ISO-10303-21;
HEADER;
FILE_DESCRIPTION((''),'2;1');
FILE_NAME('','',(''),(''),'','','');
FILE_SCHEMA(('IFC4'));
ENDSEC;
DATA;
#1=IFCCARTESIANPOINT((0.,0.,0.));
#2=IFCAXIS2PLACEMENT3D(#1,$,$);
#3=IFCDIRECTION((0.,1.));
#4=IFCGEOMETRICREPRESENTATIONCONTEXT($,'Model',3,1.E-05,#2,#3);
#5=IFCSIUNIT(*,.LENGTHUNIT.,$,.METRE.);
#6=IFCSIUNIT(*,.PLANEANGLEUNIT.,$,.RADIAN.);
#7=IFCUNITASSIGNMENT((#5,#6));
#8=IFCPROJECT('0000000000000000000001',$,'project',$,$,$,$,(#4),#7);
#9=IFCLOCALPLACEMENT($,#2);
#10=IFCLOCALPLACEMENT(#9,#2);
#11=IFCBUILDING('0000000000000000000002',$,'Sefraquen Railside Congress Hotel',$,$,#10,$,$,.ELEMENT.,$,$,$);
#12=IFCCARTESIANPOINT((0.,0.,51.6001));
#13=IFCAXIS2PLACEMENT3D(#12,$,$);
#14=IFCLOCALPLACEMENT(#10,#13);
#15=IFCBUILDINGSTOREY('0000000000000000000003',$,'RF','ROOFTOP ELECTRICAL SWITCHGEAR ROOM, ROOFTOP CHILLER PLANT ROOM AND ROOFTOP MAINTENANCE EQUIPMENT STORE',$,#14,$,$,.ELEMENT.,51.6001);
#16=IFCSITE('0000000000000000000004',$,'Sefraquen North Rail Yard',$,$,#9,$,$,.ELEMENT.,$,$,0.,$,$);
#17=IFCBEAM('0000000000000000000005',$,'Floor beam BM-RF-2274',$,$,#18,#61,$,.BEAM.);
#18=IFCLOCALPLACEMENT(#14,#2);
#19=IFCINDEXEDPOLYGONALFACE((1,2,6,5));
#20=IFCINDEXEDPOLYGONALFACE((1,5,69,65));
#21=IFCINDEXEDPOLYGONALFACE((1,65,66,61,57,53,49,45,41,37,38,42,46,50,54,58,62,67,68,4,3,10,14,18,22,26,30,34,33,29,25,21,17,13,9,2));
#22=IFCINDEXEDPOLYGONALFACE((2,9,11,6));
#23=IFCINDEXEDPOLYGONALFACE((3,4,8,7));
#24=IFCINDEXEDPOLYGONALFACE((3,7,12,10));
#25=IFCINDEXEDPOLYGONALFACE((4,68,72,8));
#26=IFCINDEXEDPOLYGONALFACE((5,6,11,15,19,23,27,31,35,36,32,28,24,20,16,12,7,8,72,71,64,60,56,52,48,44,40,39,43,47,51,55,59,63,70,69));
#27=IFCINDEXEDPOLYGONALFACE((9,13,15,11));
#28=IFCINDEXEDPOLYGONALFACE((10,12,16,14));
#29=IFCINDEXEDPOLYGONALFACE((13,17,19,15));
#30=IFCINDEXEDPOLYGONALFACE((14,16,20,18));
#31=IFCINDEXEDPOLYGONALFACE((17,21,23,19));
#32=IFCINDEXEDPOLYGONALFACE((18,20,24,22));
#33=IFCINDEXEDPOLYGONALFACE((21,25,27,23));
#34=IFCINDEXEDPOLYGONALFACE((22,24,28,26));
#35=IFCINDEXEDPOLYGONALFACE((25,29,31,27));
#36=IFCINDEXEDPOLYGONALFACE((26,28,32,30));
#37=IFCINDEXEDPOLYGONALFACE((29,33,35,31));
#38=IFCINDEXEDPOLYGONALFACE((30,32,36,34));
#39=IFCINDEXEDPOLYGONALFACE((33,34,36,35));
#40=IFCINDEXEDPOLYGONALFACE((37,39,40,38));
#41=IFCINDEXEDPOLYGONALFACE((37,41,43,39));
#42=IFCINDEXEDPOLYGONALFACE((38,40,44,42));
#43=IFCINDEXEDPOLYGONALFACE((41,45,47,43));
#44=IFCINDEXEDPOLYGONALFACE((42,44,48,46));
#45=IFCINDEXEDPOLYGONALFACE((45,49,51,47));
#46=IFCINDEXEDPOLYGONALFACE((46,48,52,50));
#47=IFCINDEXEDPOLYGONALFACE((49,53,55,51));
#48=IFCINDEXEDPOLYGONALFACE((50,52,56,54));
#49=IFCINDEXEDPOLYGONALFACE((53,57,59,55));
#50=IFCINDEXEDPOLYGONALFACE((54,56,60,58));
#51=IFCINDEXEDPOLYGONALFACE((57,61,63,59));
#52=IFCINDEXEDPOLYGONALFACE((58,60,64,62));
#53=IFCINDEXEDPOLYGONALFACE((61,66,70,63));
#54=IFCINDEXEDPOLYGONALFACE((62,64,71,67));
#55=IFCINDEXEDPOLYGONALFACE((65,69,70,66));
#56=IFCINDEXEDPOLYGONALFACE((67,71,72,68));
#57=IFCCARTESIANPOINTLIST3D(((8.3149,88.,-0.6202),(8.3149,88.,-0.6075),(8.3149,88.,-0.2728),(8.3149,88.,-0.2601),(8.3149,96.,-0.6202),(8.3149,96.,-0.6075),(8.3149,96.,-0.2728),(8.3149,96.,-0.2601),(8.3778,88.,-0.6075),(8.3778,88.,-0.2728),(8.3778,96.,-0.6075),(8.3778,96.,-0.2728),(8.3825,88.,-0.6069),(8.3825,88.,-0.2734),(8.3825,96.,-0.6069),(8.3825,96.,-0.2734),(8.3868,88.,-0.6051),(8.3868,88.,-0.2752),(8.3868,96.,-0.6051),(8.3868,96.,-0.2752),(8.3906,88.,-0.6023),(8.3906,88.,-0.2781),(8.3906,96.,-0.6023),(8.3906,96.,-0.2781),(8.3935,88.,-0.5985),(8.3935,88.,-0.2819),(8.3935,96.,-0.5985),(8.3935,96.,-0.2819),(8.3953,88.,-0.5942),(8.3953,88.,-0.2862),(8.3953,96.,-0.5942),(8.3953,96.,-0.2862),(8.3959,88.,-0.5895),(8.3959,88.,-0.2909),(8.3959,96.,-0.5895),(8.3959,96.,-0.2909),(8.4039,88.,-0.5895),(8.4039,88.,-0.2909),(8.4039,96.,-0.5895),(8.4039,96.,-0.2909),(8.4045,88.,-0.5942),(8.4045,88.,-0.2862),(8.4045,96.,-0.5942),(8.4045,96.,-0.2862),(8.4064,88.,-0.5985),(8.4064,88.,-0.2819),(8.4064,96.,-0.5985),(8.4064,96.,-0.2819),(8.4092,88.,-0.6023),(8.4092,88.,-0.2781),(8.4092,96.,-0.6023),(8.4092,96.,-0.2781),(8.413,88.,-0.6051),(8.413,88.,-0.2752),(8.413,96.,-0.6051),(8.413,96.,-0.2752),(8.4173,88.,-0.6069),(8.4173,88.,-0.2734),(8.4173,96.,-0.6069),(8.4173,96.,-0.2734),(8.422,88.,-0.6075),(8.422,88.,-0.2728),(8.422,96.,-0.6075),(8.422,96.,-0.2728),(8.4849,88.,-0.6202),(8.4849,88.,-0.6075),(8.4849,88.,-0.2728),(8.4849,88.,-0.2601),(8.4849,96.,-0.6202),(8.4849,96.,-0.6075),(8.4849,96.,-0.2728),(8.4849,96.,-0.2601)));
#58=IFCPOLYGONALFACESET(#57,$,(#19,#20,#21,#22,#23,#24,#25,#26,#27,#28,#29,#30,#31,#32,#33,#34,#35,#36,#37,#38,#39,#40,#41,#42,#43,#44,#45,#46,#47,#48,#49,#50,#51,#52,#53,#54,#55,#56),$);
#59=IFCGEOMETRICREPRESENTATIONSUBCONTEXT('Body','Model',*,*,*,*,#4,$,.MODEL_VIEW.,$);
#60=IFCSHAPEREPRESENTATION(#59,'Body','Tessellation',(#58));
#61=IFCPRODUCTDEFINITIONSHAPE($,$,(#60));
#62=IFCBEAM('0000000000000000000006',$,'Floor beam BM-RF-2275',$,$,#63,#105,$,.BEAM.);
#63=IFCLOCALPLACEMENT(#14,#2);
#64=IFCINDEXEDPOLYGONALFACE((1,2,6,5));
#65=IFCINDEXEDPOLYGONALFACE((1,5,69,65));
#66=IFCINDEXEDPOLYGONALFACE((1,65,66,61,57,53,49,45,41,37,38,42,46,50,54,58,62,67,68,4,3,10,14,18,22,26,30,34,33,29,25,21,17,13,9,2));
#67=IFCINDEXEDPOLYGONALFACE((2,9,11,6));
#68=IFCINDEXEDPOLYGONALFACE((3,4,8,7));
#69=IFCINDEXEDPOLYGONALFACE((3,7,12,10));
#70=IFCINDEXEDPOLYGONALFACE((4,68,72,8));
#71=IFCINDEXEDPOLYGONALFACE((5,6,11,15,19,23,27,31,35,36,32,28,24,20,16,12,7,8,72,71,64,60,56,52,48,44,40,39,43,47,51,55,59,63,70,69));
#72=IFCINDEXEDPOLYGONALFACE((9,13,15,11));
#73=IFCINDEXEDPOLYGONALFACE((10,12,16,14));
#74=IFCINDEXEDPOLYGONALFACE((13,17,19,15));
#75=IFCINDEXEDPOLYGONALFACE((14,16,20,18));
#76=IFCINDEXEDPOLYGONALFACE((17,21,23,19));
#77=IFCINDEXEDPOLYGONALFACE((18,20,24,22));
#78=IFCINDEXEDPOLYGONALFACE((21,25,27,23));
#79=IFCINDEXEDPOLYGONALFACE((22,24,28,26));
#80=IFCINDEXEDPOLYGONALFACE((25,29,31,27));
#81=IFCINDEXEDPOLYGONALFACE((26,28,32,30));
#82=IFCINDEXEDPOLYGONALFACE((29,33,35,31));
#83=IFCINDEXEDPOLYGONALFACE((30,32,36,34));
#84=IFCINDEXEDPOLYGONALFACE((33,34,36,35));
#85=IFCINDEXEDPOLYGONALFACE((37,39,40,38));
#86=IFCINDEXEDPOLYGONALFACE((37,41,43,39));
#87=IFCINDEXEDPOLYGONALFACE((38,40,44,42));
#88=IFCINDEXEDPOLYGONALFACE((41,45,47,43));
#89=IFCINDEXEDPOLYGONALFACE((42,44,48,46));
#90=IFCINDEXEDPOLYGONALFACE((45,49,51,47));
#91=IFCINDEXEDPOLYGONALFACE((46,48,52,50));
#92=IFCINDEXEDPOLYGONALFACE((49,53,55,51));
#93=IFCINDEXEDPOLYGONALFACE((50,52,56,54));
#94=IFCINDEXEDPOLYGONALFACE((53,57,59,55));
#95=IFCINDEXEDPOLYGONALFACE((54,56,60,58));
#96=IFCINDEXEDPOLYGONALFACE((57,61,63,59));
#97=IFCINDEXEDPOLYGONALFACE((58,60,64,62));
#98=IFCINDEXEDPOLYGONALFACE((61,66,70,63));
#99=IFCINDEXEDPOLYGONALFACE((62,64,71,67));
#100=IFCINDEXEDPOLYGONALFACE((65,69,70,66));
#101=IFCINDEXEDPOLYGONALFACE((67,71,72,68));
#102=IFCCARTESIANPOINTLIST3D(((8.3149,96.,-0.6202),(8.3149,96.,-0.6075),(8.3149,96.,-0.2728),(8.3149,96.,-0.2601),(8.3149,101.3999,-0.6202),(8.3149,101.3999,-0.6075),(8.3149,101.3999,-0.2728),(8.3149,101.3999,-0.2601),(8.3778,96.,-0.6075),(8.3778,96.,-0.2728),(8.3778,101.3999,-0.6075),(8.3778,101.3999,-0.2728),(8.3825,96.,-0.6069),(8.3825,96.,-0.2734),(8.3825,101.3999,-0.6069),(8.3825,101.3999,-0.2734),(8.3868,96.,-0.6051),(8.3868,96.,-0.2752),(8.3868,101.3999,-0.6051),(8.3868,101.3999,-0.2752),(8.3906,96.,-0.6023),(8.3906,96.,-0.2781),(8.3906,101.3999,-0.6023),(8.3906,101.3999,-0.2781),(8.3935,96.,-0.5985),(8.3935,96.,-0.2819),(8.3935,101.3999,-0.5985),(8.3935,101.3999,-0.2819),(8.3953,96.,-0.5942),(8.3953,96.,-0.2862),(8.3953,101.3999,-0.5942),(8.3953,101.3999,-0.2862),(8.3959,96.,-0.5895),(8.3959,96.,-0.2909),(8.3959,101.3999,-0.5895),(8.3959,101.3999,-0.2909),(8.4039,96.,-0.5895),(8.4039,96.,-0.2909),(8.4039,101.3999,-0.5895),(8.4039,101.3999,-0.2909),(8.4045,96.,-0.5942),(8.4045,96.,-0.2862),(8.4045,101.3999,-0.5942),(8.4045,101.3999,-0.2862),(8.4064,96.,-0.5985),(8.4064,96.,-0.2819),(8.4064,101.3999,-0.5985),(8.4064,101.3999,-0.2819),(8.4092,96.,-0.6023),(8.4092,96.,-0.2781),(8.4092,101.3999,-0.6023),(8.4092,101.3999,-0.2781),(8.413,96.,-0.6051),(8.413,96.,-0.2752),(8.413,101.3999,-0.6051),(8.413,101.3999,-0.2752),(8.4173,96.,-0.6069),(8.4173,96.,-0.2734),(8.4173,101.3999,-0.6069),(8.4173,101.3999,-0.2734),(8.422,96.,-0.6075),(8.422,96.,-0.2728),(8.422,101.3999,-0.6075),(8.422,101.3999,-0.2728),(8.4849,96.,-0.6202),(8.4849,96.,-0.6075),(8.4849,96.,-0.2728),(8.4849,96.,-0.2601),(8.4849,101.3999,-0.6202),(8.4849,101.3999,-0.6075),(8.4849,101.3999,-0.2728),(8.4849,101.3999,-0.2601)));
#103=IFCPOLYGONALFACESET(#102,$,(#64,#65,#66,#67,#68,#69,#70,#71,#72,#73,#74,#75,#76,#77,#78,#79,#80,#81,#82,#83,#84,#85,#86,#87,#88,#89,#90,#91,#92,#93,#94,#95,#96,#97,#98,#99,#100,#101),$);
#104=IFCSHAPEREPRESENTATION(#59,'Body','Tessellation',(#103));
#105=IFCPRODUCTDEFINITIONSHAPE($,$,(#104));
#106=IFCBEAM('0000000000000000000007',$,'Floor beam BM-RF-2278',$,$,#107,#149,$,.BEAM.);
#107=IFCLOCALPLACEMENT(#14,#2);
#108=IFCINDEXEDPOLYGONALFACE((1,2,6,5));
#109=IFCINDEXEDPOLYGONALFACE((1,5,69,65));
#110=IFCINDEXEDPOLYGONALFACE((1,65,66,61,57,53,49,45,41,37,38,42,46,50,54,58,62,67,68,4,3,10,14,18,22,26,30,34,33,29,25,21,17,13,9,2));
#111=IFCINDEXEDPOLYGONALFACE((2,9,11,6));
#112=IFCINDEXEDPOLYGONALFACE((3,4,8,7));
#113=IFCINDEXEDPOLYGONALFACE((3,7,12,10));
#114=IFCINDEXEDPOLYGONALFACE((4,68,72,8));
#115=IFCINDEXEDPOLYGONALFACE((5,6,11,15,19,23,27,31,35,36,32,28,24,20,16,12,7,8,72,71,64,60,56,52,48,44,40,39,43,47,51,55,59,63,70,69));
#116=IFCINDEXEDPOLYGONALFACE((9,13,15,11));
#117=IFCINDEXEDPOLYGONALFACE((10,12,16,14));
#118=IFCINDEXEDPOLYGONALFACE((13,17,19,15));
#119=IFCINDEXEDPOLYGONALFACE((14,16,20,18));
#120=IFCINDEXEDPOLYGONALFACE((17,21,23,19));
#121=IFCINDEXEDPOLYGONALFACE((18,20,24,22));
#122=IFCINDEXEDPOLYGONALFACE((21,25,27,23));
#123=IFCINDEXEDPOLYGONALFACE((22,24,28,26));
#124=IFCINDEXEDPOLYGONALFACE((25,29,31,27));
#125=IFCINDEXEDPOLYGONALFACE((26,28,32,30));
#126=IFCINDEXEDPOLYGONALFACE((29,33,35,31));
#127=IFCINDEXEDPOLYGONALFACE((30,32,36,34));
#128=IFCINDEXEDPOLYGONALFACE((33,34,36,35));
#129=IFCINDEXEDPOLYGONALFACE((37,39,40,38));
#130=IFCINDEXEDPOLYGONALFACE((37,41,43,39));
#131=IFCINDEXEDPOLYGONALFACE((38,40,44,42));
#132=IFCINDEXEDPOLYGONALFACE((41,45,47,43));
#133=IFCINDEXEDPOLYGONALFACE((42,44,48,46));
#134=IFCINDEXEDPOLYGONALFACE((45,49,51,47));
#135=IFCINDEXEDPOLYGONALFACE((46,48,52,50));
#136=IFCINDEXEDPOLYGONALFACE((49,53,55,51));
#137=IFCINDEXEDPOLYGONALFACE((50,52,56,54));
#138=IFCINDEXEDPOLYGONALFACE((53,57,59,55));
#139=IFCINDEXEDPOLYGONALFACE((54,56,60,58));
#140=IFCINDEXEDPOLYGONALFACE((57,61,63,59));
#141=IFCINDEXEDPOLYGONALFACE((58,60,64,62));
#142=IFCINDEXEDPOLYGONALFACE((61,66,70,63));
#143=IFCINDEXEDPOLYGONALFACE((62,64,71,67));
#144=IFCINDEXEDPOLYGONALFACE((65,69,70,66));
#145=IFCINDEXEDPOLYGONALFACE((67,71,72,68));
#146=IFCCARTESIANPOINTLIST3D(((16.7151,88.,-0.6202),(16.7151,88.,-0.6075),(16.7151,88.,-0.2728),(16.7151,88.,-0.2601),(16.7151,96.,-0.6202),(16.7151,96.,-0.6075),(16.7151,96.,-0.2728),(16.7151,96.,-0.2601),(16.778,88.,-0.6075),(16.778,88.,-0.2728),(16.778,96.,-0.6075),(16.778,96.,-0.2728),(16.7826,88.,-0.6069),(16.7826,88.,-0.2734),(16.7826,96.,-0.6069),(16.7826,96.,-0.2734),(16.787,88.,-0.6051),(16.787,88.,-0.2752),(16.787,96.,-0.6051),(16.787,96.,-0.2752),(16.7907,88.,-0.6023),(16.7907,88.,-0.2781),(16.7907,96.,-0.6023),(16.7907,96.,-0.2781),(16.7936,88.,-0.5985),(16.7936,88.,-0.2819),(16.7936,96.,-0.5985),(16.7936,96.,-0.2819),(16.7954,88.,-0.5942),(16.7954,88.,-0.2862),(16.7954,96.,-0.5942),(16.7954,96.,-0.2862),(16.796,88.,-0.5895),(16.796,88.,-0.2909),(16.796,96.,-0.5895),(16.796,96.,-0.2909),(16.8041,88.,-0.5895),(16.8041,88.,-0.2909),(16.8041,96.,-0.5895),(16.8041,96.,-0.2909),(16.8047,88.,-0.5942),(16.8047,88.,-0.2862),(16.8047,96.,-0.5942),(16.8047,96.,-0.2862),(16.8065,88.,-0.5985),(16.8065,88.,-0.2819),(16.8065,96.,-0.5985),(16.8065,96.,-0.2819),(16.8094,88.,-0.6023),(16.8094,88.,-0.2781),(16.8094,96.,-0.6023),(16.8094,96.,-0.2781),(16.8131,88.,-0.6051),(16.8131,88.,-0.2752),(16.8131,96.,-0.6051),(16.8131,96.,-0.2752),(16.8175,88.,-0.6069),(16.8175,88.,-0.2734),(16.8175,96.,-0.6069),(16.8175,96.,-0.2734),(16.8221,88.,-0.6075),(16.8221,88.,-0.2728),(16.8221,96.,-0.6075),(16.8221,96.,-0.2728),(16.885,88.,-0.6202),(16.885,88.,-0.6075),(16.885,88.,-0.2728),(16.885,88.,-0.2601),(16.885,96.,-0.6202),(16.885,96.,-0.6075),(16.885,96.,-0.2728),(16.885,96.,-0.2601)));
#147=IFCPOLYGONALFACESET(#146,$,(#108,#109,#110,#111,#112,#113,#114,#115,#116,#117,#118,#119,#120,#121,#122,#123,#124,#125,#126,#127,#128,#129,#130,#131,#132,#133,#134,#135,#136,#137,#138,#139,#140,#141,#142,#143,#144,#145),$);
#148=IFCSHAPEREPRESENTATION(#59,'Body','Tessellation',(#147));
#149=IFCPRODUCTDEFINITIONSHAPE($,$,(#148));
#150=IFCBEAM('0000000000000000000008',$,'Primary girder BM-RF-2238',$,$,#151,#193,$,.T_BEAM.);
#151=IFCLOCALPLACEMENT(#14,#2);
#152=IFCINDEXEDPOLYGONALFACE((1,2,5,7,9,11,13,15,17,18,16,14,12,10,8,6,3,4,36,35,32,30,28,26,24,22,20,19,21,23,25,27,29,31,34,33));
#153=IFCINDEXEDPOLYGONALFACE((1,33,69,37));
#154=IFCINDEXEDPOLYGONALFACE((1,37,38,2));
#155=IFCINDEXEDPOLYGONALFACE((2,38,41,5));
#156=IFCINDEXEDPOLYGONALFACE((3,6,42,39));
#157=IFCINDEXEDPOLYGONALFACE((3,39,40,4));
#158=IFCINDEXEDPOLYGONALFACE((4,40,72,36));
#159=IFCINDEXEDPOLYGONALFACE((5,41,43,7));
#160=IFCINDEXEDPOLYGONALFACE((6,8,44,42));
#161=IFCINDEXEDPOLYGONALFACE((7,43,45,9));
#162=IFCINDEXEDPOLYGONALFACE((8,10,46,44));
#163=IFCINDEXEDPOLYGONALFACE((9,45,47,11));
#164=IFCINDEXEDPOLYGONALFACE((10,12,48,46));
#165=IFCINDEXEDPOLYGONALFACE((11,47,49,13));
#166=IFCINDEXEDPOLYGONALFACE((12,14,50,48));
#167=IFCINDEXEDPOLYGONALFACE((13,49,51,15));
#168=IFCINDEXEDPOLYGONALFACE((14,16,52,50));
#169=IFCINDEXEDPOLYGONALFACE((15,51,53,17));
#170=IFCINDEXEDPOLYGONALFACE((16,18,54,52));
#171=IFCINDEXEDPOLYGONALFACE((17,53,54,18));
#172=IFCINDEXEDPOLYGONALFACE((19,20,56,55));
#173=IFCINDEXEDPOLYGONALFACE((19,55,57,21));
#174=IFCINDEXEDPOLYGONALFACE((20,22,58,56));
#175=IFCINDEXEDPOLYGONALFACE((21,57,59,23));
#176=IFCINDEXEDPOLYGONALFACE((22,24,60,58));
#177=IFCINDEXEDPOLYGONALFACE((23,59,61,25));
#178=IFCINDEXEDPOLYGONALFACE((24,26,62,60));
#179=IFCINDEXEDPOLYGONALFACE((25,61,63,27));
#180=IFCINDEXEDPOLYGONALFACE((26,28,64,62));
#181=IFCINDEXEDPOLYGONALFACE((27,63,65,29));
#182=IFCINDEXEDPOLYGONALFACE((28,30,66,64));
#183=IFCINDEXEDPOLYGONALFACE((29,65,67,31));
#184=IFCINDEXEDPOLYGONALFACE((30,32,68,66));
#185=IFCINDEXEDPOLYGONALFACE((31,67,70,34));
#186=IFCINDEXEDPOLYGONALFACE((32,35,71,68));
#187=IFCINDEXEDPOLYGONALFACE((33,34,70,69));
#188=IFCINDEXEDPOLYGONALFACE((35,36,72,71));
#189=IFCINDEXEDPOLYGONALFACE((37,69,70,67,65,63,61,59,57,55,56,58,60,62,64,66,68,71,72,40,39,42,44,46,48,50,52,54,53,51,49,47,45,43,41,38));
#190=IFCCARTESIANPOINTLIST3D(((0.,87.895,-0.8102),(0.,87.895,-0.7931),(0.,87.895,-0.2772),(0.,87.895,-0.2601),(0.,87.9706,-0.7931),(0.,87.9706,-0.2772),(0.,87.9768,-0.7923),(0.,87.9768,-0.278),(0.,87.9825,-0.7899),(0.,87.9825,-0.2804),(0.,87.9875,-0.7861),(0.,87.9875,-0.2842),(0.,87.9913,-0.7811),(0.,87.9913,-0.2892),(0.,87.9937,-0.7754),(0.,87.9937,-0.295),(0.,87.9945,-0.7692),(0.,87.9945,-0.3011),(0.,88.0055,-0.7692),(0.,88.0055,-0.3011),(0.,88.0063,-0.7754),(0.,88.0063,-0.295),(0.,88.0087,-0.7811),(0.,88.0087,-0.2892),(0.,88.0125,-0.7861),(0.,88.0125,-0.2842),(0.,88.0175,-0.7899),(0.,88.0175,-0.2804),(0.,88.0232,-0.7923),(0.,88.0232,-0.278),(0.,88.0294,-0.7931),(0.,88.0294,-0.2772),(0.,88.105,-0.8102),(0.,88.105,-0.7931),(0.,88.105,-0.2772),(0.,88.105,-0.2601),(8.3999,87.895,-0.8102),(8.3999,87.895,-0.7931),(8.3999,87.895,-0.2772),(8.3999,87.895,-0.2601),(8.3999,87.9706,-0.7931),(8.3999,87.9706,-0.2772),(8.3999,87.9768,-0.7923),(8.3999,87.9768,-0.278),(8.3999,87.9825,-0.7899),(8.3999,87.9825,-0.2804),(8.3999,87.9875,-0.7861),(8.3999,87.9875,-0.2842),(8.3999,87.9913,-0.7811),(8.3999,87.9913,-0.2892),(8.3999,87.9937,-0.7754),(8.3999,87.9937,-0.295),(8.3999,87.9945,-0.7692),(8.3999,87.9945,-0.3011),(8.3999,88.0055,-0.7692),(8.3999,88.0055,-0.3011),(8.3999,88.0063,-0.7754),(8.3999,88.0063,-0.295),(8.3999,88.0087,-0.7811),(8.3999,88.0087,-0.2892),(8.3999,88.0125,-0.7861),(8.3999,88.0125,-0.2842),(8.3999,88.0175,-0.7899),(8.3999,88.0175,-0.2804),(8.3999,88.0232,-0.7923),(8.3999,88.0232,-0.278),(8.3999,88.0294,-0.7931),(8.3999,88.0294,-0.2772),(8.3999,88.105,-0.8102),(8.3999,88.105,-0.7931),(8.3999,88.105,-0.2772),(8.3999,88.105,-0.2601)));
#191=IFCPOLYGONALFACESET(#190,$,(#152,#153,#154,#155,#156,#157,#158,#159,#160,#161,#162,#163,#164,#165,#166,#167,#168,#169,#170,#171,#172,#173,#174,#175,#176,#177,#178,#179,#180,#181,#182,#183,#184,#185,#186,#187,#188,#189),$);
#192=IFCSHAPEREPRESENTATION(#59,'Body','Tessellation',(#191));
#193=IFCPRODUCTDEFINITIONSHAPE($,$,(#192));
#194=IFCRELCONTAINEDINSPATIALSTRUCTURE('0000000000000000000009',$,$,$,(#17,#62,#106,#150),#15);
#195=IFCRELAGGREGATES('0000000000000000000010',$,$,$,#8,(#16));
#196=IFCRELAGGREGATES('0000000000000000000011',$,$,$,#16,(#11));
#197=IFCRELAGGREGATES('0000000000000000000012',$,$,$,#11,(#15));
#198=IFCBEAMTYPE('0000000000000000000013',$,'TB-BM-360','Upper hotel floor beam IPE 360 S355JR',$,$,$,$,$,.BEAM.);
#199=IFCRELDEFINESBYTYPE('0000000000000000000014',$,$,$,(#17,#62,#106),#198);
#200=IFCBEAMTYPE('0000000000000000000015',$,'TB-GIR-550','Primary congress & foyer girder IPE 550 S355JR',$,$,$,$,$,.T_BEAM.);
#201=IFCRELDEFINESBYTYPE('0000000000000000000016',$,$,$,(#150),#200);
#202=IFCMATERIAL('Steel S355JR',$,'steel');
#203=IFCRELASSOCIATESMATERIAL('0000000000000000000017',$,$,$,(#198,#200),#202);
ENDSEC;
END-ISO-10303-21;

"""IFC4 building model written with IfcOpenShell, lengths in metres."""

from ifc_helpers import new_model, si_unit, direction, frame, origin, origin_2d, place, context, subcontext, project, spatial, i_section, extrude, material, material_profile, profile_set, type_object, element, save


model = new_model("IFC4")

# Units and contexts
model_context = context("Model", 3, precision=1e-05, world=origin(), true_north=direction((0.0, 1.0)))
body_context = subcontext(model_context, "Body", "Model", "MODEL_VIEW")
ifc_project = project(units=[si_unit("LENGTHUNIT", "METRE"), si_unit("PLANEANGLEUNIT", "RADIAN")], contexts=[model_context])

# Site, building, storey
site_placement = place(None, origin())
site = spatial("IfcSite", under=ifc_project, at=site_placement, Name="Sefraquen North Rail Yard", CompositionType="ELEMENT", RefElevation=0.0)
building_placement = place(site_placement, origin())
building = spatial("IfcBuilding", under=site, at=building_placement, Name="Sefraquen Railside Congress Hotel", CompositionType="ELEMENT")
storey_placement = place(building_placement, frame((0.0, 0.0, 51.6001)))
storey = spatial("IfcBuildingStorey", under=building, at=storey_placement, Name="RF", Description="ROOFTOP ELECTRICAL SWITCHGEAR ROOM, ROOFTOP CHILLER PLANT ROOM AND ROOFTOP MAINTENANCE EQUIPMENT STORE", CompositionType="ELEMENT", Elevation=51.6001)

# Beams
ifc_material_1 = material(Name="Steel S355JR", Category="steel")
ifc_material_profile_1 = material_profile(ifc_material_1, i_section(OverallWidth=0.1699, OverallDepth=0.3601, WebThickness=0.0081, FlangeThickness=0.0127, FilletRadius=0.0181, at=origin_2d()), Name="IPE 360")
ifc_profile_set_1 = profile_set([ifc_material_profile_1], Name="Steel S355JR")
beam_type_1 = type_object("IfcBeamType", Name="TB-BM-360", Description="Upper hotel floor beam IPE 360 S355JR", PredefinedType="BEAM", material=ifc_profile_set_1)
beam_1_placement = place(storey_placement, frame((8.3999, 88.0, -0.4402), z_axis=(0.0, 1.0, 0.0), x_axis=(-1.0, 0.0, 0.0)))
element("IfcBeam", 1, at=beam_1_placement, inside=storey, type_object=beam_type_1, Name="Floor beam BM-RF-2274", PredefinedType="BEAM", context=body_context, shape_type="SweptSolid", body=[
    extrude(i_section(OverallWidth=0.1699, OverallDepth=0.3601, WebThickness=0.0081, FlangeThickness=0.0127, FilletRadius=0.0181, at=origin_2d()), origin(), (0.0, 0.0, 1.0), 8.0),
])
beam_2_placement = place(storey_placement, frame((8.3999, 96.0, -0.4402), z_axis=(0.0, 1.0, 0.0), x_axis=(-1.0, 0.0, 0.0)))
element("IfcBeam", 2, at=beam_2_placement, inside=storey, type_object=beam_type_1, Name="Floor beam BM-RF-2275", PredefinedType="BEAM", context=body_context, shape_type="SweptSolid", body=[
    extrude(i_section(OverallWidth=0.1699, OverallDepth=0.3601, WebThickness=0.0081, FlangeThickness=0.0127, FilletRadius=0.0181, at=origin_2d()), origin(), (0.0, 0.0, 1.0), 5.3999),
])
beam_3_placement = place(storey_placement, frame((16.8, 88.0, -0.4402), z_axis=(0.0, 1.0, 0.0), x_axis=(-1.0, 0.0, 0.0)))
element("IfcBeam", 3, at=beam_3_placement, inside=storey, type_object=beam_type_1, Name="Floor beam BM-RF-2278", PredefinedType="BEAM", context=body_context, shape_type="SweptSolid", body=[
    extrude(i_section(OverallWidth=0.1699, OverallDepth=0.3601, WebThickness=0.0081, FlangeThickness=0.0127, FilletRadius=0.0181, at=origin_2d()), origin(), (0.0, 0.0, 1.0), 8.0),
])
ifc_material_profile_2 = material_profile(ifc_material_1, i_section(OverallWidth=0.21, OverallDepth=0.55, WebThickness=0.011, FlangeThickness=0.0171, FilletRadius=0.0239, at=origin_2d()), Name="IPE 550")
ifc_profile_set_2 = profile_set([ifc_material_profile_2], Name="Steel S355JR")
beam_type_2 = type_object("IfcBeamType", Name="TB-GIR-550", Description="Primary congress & foyer girder IPE 550 S355JR", PredefinedType="T_BEAM", material=ifc_profile_set_2)
for number, where, z_axis, x_axis, name in (
    (4, (0.0, 88.0, -0.5352), (1.0, 0.0, 0.0), (0.0, 1.0, 0.0), "Primary girder BM-RF-2238"),
):
    element("IfcBeam", number, at=place(storey_placement, frame(where, z_axis=z_axis, x_axis=x_axis)), inside=storey, type_object=beam_type_2, Name=name, PredefinedType="T_BEAM", context=body_context, shape_type="SweptSolid", body=[
        extrude(i_section(OverallWidth=0.21, OverallDepth=0.55, WebThickness=0.011, FlangeThickness=0.0171, FilletRadius=0.0239, at=origin_2d()), origin(), (0.0, 0.0, 1.0), 8.3999),
    ])

save(model, "model.ifc")
